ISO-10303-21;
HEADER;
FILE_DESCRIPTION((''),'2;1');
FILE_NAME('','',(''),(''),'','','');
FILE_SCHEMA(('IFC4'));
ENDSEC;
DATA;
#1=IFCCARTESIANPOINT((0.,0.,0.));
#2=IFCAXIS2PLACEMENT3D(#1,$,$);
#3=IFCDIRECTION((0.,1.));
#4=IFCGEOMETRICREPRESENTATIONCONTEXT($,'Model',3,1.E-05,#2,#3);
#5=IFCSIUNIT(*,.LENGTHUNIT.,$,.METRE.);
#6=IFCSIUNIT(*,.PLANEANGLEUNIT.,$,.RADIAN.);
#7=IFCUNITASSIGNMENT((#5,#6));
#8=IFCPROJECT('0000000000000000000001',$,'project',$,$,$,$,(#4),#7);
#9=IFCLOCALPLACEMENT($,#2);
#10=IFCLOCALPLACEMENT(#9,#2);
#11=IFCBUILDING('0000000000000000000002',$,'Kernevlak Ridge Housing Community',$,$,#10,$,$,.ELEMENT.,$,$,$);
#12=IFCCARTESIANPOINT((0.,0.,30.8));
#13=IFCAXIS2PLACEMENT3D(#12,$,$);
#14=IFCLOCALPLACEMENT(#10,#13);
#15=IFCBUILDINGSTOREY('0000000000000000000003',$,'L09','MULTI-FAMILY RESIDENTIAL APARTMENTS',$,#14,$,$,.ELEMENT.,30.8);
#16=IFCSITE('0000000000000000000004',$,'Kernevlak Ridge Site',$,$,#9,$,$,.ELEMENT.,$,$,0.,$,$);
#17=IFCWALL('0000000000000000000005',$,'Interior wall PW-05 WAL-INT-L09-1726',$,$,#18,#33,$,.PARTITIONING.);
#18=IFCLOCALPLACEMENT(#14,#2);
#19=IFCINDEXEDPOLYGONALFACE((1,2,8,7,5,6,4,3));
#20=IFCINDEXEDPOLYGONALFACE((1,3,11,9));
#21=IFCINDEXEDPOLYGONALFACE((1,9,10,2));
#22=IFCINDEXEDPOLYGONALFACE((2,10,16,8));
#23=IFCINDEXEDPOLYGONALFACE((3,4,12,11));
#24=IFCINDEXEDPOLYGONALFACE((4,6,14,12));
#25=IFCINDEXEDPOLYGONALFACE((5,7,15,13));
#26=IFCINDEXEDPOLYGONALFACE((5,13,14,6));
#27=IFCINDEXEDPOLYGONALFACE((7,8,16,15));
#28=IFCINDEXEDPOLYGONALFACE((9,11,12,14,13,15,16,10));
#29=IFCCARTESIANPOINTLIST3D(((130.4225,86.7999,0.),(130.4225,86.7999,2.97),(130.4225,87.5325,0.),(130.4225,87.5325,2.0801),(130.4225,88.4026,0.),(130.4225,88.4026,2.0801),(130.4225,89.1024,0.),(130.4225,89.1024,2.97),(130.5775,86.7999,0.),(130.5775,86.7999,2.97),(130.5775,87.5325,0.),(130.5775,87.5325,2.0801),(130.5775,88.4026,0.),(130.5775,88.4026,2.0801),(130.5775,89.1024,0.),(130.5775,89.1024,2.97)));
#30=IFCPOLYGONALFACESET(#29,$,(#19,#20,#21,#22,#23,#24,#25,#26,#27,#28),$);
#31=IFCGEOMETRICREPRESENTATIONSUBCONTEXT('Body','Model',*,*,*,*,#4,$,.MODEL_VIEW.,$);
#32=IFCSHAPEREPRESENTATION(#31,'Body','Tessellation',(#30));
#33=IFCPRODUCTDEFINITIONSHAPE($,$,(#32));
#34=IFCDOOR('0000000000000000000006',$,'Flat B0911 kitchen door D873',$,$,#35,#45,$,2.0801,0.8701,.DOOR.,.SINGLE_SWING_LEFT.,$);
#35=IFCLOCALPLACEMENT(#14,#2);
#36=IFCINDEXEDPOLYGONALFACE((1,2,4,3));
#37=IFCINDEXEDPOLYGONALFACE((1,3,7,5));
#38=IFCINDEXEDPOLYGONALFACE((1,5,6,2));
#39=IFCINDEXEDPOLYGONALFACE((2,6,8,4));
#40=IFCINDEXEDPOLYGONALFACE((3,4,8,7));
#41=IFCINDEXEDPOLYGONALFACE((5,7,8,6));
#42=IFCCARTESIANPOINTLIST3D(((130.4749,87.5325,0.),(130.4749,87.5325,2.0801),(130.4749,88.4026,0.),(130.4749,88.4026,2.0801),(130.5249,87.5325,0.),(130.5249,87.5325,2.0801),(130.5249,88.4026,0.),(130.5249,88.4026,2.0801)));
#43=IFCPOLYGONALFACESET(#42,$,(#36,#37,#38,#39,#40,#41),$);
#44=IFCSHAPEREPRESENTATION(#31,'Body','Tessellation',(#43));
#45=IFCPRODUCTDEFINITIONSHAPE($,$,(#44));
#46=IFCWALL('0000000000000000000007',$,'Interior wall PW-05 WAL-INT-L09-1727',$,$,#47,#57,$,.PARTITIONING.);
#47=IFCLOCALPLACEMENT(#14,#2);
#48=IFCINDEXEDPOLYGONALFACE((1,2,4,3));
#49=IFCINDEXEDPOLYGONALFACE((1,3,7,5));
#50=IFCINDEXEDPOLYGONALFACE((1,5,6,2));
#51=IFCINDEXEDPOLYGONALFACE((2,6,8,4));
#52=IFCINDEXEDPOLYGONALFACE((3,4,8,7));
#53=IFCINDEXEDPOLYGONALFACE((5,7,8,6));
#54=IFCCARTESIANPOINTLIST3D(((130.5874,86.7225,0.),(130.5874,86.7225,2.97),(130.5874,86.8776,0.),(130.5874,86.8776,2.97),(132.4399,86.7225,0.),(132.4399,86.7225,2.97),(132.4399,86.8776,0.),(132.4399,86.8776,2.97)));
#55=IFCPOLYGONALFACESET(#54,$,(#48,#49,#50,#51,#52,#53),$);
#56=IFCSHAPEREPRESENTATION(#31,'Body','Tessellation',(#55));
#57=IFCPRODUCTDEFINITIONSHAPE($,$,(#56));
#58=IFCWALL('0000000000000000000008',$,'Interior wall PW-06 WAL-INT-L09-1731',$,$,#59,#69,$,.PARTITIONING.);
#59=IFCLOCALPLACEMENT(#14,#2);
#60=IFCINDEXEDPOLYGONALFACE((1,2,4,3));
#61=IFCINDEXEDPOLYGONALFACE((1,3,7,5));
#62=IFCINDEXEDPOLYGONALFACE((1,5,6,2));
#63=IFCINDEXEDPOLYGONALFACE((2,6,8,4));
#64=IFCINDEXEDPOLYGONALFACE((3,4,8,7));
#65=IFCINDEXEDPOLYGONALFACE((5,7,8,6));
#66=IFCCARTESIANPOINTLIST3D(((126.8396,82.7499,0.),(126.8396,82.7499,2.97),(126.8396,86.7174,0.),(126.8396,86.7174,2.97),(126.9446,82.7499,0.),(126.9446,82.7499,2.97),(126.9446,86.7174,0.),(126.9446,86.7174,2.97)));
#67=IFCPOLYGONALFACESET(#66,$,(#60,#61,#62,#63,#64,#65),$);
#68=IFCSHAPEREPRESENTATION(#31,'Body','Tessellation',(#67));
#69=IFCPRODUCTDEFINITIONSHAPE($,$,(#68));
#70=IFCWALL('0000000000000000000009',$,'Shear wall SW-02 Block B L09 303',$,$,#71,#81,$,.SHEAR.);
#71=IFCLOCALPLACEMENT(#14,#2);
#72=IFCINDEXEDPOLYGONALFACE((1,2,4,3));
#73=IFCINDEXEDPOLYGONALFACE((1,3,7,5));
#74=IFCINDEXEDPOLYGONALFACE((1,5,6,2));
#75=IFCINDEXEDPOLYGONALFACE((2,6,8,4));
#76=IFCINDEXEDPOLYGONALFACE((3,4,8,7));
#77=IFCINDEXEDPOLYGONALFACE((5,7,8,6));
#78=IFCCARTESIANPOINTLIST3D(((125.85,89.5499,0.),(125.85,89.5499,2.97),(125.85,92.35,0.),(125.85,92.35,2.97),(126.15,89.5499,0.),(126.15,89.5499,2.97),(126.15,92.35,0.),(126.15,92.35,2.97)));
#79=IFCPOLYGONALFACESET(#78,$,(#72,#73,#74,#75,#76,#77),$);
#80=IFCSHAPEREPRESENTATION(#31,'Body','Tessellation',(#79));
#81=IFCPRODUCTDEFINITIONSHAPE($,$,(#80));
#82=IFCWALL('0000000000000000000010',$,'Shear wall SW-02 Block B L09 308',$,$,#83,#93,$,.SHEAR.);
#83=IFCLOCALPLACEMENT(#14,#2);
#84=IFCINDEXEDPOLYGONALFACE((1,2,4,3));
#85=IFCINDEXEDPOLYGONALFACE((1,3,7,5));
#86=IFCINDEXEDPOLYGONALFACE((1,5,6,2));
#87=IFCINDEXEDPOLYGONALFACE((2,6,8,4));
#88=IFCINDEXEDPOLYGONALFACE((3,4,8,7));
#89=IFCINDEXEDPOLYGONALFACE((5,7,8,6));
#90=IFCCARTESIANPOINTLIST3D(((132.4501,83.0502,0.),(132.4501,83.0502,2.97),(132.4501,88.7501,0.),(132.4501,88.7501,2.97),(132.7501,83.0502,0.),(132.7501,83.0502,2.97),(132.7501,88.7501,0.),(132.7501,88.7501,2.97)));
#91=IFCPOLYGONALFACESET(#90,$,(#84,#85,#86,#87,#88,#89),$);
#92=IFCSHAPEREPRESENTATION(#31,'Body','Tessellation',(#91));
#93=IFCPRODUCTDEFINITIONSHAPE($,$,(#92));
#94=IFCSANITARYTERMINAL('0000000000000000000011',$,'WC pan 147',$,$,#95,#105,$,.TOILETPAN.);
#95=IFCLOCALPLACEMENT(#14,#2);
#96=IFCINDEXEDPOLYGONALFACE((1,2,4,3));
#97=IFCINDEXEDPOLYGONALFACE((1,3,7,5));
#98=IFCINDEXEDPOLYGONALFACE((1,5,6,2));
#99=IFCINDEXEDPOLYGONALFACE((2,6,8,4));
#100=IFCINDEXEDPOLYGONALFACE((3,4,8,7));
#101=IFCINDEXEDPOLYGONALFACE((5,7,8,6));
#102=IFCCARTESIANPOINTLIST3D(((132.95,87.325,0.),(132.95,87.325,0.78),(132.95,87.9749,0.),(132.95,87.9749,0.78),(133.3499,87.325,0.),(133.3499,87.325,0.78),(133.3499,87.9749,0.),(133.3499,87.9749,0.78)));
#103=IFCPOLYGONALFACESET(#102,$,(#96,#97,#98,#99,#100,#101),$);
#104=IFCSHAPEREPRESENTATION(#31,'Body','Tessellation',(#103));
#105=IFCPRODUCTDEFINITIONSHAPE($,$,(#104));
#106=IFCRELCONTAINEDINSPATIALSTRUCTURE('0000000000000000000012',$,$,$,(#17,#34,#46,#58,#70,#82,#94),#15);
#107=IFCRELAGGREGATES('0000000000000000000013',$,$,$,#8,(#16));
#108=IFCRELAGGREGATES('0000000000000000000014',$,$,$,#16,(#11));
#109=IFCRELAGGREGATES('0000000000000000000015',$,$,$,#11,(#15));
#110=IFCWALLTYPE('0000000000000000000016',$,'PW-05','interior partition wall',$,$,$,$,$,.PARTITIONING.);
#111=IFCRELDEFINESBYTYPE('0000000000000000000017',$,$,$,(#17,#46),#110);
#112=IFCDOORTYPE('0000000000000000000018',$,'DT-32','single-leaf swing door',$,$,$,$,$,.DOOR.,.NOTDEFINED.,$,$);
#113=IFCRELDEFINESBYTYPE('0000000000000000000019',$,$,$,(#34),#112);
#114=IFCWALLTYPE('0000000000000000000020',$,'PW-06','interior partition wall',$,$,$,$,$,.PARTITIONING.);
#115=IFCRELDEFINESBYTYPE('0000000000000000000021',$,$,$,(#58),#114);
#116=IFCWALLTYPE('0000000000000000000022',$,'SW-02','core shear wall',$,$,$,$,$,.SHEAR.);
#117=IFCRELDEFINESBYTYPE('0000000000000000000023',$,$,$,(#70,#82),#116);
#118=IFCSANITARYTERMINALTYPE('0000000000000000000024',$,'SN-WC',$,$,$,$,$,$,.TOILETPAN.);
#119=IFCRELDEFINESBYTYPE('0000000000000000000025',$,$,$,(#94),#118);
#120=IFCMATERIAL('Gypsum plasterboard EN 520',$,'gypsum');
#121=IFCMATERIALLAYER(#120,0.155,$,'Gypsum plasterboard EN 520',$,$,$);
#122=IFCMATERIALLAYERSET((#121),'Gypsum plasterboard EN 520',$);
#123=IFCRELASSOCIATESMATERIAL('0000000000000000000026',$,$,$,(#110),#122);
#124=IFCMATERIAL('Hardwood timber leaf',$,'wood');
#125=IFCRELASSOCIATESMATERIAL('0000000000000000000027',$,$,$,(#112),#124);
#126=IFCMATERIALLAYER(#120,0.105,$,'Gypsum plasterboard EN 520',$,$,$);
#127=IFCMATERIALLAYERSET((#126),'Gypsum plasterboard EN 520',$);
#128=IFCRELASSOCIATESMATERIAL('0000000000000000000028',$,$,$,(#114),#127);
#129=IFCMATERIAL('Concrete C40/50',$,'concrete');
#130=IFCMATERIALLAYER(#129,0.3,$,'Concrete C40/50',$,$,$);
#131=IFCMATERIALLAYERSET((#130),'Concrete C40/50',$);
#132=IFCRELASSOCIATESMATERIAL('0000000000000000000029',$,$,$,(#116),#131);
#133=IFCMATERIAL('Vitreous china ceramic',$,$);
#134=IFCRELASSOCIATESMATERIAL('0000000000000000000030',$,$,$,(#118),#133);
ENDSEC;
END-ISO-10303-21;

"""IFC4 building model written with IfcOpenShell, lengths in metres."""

from ifc_helpers import new_model, si_unit, direction, frame, frame_2d, origin, origin_2d, place, context, subcontext, project, spatial, rectangle, extrude, material, layer, layer_set, type_object, element, fill, save


model = new_model("IFC4")

# Units and contexts
model_context = context("Model", 3, precision=1e-05, world=origin(), true_north=direction((0.0, 1.0)))
body_context = subcontext(model_context, "Body", "Model", "MODEL_VIEW")
ifc_project = project(units=[si_unit("LENGTHUNIT", "METRE"), si_unit("PLANEANGLEUNIT", "RADIAN")], contexts=[model_context])

# Site, building, storey
site_placement = place(None, origin())
site = spatial("IfcSite", under=ifc_project, at=site_placement, Name="Kernevlak Ridge Site", CompositionType="ELEMENT", RefElevation=0.0)
building_placement = place(site_placement, origin())
building = spatial("IfcBuilding", under=site, at=building_placement, Name="Kernevlak Ridge Housing Community", CompositionType="ELEMENT")
storey_placement = place(building_placement, frame((0.0, 0.0, 30.8)))
storey = spatial("IfcBuildingStorey", under=building, at=storey_placement, Name="L09", Description="MULTI-FAMILY RESIDENTIAL APARTMENTS", CompositionType="ELEMENT", Elevation=30.8)

# Shared definitions
ifc_material_1 = material(Name="Concrete C40/50", Category="concrete")

# Shared definitions
ifc_material_2 = material(Name="Gypsum plasterboard EN 520", Category="gypsum")

# Wall, opening, door
ifc_layer_1 = layer(ifc_material_2, 0.155, Name="Gypsum plasterboard EN 520")
ifc_layer_set_1 = layer_set([ifc_layer_1], Name="Gypsum plasterboard EN 520")
wall_type_1 = type_object("IfcWallType", Name="PW-05", Description="interior partition wall", PredefinedType="PARTITIONING", material=ifc_layer_set_1)
wall_1_placement = place(storey_placement, frame((130.5, 89.1025, 0.0), z_axis=(0.0, 0.0, 1.0), x_axis=(0.0, -1.0, 0.0)))
wall_1 = element("IfcWall", 1, at=wall_1_placement, inside=storey, type_object=wall_type_1, Name="Interior wall PW-05 WAL-INT-L09-1726", PredefinedType="PARTITIONING", context=body_context, shape_type="SweptSolid", body=[
    extrude(rectangle(XDim=2.3025, YDim=0.155, at=frame_2d((1.1514, 0.0))), origin(), (0.0, 0.0, 1.0), 2.97),
])
opening_1_placement = place(wall_1_placement, frame((0.7, 0.0, 0.0)))
opening_1 = element("IfcOpeningElement", 2, at=opening_1_placement, cuts=wall_1, PredefinedType="OPENING", context=body_context, shape_type="SweptSolid", body=[
    extrude(rectangle(XDim=0.8701, YDim=2.0801, at=frame_2d((0.4351, 1.04))), frame((0.0, 0.0874, 0.0), z_axis=(0.0, -1.0, 0.0), x_axis=(1.0, 0.0, 0.0)), (0.0, 0.0, 1.0), 0.175),
])
ifc_material_3 = material(Name="Hardwood timber leaf", Category="wood")
door_type_1 = type_object("IfcDoorType", Name="DT-32", Description="single-leaf swing door", OperationType="NOTDEFINED", PredefinedType="DOOR", material=ifc_material_3)
door_1_placement = place(opening_1_placement, origin())
door_1 = element("IfcDoor", 3, at=door_1_placement, inside=storey, type_object=door_type_1, Name="Flat B0911 kitchen door D873", OperationType="SINGLE_SWING_LEFT", OverallHeight=2.0801, OverallWidth=0.8701, PredefinedType="DOOR", context=body_context, shape_type="SweptSolid", body=[
    extrude(rectangle(XDim=0.8701, YDim=2.0801, at=frame_2d((0.4351, 1.04))), frame((0.0, 0.0249, 0.0), z_axis=(0.0, -1.0, 0.0), x_axis=(1.0, 0.0, 0.0)), (0.0, 0.0, 1.0), 0.05),
])
fill(opening_1, door_1)

# Walls
wall_2_placement = place(storey_placement, frame((130.5874, 86.8, 0.0), z_axis=(0.0, 0.0, 1.0), x_axis=(1.0, 0.0, 0.0)))
element("IfcWall", 4, at=wall_2_placement, inside=storey, type_object=wall_type_1, Name="Interior wall PW-05 WAL-INT-L09-1727", PredefinedType="PARTITIONING", context=body_context, shape_type="SweptSolid", body=[
    extrude(rectangle(XDim=1.8525, YDim=0.155, at=frame_2d((0.9263, 0.0))), origin(), (0.0, 0.0, 1.0), 2.97),
])
ifc_layer_2 = layer(ifc_material_2, 0.105, Name="Gypsum plasterboard EN 520")
ifc_layer_set_2 = layer_set([ifc_layer_2], Name="Gypsum plasterboard EN 520")
wall_type_2 = type_object("IfcWallType", Name="PW-06", Description="interior partition wall", PredefinedType="PARTITIONING", material=ifc_layer_set_2)
wall_3_placement = place(storey_placement, frame((126.8921, 86.7175, 0.0), z_axis=(0.0, 0.0, 1.0), x_axis=(0.0, -1.0, 0.0)))
element("IfcWall", 5, at=wall_3_placement, inside=storey, type_object=wall_type_2, Name="Interior wall PW-06 WAL-INT-L09-1731", PredefinedType="PARTITIONING", context=body_context, shape_type="SweptSolid", body=[
    extrude(rectangle(XDim=3.9675, YDim=0.105, at=frame_2d((1.9839, 0.0))), origin(), (0.0, 0.0, 1.0), 2.97),
])
ifc_layer_3 = layer(ifc_material_1, 0.3, Name="Concrete C40/50")
ifc_layer_set_3 = layer_set([ifc_layer_3], Name="Concrete C40/50")
wall_type_3 = type_object("IfcWallType", Name="SW-02", Description="core shear wall", PredefinedType="SHEAR", material=ifc_layer_set_3)
wall_4_placement = place(storey_placement, frame((126.0, 89.55, 0.0), z_axis=(0.0, 0.0, 1.0), x_axis=(0.0, 1.0, 0.0)))
element("IfcWall", 6, at=wall_4_placement, inside=storey, type_object=wall_type_3, Name="Shear wall SW-02 Block B L09 303", PredefinedType="SHEAR", context=body_context, shape_type="SweptSolid", body=[
    extrude(rectangle(XDim=2.8, YDim=0.3, at=frame_2d((1.3999, 0.0))), origin(), (0.0, 0.0, 1.0), 2.97),
])
wall_5_placement = place(storey_placement, frame((132.6001, 83.05, 0.0), z_axis=(0.0, 0.0, 1.0), x_axis=(0.0, 1.0, 0.0)))
element("IfcWall", 7, at=wall_5_placement, inside=storey, type_object=wall_type_3, Name="Shear wall SW-02 Block B L09 308", PredefinedType="SHEAR", context=body_context, shape_type="SweptSolid", body=[
    extrude(rectangle(XDim=5.7, YDim=0.3, at=frame_2d((2.8501, 0.0))), origin(), (0.0, 0.0, 1.0), 2.97),
])

# Sanitary terminal
ifc_material_4 = material(Name="Vitreous china ceramic")
sanitary_terminal_type = type_object("IfcSanitaryTerminalType", Name="SN-WC", PredefinedType="TOILETPAN", material=ifc_material_4)
sanitary_terminal_placement = place(storey_placement, frame((133.1499, 87.6499, 0.0), z_axis=(0.0, 0.0, 1.0), x_axis=(1.0, 0.0, 0.0)))
element("IfcSanitaryTerminal", 8, at=sanitary_terminal_placement, inside=storey, type_object=sanitary_terminal_type, Name="WC pan 147", PredefinedType="TOILETPAN", context=body_context, shape_type="SweptSolid", body=[
    extrude(rectangle(XDim=0.3999, YDim=0.6499, at=origin_2d()), origin(), (0.0, 0.0, 1.0), 0.78),
])

save(model, "model.ifc")
